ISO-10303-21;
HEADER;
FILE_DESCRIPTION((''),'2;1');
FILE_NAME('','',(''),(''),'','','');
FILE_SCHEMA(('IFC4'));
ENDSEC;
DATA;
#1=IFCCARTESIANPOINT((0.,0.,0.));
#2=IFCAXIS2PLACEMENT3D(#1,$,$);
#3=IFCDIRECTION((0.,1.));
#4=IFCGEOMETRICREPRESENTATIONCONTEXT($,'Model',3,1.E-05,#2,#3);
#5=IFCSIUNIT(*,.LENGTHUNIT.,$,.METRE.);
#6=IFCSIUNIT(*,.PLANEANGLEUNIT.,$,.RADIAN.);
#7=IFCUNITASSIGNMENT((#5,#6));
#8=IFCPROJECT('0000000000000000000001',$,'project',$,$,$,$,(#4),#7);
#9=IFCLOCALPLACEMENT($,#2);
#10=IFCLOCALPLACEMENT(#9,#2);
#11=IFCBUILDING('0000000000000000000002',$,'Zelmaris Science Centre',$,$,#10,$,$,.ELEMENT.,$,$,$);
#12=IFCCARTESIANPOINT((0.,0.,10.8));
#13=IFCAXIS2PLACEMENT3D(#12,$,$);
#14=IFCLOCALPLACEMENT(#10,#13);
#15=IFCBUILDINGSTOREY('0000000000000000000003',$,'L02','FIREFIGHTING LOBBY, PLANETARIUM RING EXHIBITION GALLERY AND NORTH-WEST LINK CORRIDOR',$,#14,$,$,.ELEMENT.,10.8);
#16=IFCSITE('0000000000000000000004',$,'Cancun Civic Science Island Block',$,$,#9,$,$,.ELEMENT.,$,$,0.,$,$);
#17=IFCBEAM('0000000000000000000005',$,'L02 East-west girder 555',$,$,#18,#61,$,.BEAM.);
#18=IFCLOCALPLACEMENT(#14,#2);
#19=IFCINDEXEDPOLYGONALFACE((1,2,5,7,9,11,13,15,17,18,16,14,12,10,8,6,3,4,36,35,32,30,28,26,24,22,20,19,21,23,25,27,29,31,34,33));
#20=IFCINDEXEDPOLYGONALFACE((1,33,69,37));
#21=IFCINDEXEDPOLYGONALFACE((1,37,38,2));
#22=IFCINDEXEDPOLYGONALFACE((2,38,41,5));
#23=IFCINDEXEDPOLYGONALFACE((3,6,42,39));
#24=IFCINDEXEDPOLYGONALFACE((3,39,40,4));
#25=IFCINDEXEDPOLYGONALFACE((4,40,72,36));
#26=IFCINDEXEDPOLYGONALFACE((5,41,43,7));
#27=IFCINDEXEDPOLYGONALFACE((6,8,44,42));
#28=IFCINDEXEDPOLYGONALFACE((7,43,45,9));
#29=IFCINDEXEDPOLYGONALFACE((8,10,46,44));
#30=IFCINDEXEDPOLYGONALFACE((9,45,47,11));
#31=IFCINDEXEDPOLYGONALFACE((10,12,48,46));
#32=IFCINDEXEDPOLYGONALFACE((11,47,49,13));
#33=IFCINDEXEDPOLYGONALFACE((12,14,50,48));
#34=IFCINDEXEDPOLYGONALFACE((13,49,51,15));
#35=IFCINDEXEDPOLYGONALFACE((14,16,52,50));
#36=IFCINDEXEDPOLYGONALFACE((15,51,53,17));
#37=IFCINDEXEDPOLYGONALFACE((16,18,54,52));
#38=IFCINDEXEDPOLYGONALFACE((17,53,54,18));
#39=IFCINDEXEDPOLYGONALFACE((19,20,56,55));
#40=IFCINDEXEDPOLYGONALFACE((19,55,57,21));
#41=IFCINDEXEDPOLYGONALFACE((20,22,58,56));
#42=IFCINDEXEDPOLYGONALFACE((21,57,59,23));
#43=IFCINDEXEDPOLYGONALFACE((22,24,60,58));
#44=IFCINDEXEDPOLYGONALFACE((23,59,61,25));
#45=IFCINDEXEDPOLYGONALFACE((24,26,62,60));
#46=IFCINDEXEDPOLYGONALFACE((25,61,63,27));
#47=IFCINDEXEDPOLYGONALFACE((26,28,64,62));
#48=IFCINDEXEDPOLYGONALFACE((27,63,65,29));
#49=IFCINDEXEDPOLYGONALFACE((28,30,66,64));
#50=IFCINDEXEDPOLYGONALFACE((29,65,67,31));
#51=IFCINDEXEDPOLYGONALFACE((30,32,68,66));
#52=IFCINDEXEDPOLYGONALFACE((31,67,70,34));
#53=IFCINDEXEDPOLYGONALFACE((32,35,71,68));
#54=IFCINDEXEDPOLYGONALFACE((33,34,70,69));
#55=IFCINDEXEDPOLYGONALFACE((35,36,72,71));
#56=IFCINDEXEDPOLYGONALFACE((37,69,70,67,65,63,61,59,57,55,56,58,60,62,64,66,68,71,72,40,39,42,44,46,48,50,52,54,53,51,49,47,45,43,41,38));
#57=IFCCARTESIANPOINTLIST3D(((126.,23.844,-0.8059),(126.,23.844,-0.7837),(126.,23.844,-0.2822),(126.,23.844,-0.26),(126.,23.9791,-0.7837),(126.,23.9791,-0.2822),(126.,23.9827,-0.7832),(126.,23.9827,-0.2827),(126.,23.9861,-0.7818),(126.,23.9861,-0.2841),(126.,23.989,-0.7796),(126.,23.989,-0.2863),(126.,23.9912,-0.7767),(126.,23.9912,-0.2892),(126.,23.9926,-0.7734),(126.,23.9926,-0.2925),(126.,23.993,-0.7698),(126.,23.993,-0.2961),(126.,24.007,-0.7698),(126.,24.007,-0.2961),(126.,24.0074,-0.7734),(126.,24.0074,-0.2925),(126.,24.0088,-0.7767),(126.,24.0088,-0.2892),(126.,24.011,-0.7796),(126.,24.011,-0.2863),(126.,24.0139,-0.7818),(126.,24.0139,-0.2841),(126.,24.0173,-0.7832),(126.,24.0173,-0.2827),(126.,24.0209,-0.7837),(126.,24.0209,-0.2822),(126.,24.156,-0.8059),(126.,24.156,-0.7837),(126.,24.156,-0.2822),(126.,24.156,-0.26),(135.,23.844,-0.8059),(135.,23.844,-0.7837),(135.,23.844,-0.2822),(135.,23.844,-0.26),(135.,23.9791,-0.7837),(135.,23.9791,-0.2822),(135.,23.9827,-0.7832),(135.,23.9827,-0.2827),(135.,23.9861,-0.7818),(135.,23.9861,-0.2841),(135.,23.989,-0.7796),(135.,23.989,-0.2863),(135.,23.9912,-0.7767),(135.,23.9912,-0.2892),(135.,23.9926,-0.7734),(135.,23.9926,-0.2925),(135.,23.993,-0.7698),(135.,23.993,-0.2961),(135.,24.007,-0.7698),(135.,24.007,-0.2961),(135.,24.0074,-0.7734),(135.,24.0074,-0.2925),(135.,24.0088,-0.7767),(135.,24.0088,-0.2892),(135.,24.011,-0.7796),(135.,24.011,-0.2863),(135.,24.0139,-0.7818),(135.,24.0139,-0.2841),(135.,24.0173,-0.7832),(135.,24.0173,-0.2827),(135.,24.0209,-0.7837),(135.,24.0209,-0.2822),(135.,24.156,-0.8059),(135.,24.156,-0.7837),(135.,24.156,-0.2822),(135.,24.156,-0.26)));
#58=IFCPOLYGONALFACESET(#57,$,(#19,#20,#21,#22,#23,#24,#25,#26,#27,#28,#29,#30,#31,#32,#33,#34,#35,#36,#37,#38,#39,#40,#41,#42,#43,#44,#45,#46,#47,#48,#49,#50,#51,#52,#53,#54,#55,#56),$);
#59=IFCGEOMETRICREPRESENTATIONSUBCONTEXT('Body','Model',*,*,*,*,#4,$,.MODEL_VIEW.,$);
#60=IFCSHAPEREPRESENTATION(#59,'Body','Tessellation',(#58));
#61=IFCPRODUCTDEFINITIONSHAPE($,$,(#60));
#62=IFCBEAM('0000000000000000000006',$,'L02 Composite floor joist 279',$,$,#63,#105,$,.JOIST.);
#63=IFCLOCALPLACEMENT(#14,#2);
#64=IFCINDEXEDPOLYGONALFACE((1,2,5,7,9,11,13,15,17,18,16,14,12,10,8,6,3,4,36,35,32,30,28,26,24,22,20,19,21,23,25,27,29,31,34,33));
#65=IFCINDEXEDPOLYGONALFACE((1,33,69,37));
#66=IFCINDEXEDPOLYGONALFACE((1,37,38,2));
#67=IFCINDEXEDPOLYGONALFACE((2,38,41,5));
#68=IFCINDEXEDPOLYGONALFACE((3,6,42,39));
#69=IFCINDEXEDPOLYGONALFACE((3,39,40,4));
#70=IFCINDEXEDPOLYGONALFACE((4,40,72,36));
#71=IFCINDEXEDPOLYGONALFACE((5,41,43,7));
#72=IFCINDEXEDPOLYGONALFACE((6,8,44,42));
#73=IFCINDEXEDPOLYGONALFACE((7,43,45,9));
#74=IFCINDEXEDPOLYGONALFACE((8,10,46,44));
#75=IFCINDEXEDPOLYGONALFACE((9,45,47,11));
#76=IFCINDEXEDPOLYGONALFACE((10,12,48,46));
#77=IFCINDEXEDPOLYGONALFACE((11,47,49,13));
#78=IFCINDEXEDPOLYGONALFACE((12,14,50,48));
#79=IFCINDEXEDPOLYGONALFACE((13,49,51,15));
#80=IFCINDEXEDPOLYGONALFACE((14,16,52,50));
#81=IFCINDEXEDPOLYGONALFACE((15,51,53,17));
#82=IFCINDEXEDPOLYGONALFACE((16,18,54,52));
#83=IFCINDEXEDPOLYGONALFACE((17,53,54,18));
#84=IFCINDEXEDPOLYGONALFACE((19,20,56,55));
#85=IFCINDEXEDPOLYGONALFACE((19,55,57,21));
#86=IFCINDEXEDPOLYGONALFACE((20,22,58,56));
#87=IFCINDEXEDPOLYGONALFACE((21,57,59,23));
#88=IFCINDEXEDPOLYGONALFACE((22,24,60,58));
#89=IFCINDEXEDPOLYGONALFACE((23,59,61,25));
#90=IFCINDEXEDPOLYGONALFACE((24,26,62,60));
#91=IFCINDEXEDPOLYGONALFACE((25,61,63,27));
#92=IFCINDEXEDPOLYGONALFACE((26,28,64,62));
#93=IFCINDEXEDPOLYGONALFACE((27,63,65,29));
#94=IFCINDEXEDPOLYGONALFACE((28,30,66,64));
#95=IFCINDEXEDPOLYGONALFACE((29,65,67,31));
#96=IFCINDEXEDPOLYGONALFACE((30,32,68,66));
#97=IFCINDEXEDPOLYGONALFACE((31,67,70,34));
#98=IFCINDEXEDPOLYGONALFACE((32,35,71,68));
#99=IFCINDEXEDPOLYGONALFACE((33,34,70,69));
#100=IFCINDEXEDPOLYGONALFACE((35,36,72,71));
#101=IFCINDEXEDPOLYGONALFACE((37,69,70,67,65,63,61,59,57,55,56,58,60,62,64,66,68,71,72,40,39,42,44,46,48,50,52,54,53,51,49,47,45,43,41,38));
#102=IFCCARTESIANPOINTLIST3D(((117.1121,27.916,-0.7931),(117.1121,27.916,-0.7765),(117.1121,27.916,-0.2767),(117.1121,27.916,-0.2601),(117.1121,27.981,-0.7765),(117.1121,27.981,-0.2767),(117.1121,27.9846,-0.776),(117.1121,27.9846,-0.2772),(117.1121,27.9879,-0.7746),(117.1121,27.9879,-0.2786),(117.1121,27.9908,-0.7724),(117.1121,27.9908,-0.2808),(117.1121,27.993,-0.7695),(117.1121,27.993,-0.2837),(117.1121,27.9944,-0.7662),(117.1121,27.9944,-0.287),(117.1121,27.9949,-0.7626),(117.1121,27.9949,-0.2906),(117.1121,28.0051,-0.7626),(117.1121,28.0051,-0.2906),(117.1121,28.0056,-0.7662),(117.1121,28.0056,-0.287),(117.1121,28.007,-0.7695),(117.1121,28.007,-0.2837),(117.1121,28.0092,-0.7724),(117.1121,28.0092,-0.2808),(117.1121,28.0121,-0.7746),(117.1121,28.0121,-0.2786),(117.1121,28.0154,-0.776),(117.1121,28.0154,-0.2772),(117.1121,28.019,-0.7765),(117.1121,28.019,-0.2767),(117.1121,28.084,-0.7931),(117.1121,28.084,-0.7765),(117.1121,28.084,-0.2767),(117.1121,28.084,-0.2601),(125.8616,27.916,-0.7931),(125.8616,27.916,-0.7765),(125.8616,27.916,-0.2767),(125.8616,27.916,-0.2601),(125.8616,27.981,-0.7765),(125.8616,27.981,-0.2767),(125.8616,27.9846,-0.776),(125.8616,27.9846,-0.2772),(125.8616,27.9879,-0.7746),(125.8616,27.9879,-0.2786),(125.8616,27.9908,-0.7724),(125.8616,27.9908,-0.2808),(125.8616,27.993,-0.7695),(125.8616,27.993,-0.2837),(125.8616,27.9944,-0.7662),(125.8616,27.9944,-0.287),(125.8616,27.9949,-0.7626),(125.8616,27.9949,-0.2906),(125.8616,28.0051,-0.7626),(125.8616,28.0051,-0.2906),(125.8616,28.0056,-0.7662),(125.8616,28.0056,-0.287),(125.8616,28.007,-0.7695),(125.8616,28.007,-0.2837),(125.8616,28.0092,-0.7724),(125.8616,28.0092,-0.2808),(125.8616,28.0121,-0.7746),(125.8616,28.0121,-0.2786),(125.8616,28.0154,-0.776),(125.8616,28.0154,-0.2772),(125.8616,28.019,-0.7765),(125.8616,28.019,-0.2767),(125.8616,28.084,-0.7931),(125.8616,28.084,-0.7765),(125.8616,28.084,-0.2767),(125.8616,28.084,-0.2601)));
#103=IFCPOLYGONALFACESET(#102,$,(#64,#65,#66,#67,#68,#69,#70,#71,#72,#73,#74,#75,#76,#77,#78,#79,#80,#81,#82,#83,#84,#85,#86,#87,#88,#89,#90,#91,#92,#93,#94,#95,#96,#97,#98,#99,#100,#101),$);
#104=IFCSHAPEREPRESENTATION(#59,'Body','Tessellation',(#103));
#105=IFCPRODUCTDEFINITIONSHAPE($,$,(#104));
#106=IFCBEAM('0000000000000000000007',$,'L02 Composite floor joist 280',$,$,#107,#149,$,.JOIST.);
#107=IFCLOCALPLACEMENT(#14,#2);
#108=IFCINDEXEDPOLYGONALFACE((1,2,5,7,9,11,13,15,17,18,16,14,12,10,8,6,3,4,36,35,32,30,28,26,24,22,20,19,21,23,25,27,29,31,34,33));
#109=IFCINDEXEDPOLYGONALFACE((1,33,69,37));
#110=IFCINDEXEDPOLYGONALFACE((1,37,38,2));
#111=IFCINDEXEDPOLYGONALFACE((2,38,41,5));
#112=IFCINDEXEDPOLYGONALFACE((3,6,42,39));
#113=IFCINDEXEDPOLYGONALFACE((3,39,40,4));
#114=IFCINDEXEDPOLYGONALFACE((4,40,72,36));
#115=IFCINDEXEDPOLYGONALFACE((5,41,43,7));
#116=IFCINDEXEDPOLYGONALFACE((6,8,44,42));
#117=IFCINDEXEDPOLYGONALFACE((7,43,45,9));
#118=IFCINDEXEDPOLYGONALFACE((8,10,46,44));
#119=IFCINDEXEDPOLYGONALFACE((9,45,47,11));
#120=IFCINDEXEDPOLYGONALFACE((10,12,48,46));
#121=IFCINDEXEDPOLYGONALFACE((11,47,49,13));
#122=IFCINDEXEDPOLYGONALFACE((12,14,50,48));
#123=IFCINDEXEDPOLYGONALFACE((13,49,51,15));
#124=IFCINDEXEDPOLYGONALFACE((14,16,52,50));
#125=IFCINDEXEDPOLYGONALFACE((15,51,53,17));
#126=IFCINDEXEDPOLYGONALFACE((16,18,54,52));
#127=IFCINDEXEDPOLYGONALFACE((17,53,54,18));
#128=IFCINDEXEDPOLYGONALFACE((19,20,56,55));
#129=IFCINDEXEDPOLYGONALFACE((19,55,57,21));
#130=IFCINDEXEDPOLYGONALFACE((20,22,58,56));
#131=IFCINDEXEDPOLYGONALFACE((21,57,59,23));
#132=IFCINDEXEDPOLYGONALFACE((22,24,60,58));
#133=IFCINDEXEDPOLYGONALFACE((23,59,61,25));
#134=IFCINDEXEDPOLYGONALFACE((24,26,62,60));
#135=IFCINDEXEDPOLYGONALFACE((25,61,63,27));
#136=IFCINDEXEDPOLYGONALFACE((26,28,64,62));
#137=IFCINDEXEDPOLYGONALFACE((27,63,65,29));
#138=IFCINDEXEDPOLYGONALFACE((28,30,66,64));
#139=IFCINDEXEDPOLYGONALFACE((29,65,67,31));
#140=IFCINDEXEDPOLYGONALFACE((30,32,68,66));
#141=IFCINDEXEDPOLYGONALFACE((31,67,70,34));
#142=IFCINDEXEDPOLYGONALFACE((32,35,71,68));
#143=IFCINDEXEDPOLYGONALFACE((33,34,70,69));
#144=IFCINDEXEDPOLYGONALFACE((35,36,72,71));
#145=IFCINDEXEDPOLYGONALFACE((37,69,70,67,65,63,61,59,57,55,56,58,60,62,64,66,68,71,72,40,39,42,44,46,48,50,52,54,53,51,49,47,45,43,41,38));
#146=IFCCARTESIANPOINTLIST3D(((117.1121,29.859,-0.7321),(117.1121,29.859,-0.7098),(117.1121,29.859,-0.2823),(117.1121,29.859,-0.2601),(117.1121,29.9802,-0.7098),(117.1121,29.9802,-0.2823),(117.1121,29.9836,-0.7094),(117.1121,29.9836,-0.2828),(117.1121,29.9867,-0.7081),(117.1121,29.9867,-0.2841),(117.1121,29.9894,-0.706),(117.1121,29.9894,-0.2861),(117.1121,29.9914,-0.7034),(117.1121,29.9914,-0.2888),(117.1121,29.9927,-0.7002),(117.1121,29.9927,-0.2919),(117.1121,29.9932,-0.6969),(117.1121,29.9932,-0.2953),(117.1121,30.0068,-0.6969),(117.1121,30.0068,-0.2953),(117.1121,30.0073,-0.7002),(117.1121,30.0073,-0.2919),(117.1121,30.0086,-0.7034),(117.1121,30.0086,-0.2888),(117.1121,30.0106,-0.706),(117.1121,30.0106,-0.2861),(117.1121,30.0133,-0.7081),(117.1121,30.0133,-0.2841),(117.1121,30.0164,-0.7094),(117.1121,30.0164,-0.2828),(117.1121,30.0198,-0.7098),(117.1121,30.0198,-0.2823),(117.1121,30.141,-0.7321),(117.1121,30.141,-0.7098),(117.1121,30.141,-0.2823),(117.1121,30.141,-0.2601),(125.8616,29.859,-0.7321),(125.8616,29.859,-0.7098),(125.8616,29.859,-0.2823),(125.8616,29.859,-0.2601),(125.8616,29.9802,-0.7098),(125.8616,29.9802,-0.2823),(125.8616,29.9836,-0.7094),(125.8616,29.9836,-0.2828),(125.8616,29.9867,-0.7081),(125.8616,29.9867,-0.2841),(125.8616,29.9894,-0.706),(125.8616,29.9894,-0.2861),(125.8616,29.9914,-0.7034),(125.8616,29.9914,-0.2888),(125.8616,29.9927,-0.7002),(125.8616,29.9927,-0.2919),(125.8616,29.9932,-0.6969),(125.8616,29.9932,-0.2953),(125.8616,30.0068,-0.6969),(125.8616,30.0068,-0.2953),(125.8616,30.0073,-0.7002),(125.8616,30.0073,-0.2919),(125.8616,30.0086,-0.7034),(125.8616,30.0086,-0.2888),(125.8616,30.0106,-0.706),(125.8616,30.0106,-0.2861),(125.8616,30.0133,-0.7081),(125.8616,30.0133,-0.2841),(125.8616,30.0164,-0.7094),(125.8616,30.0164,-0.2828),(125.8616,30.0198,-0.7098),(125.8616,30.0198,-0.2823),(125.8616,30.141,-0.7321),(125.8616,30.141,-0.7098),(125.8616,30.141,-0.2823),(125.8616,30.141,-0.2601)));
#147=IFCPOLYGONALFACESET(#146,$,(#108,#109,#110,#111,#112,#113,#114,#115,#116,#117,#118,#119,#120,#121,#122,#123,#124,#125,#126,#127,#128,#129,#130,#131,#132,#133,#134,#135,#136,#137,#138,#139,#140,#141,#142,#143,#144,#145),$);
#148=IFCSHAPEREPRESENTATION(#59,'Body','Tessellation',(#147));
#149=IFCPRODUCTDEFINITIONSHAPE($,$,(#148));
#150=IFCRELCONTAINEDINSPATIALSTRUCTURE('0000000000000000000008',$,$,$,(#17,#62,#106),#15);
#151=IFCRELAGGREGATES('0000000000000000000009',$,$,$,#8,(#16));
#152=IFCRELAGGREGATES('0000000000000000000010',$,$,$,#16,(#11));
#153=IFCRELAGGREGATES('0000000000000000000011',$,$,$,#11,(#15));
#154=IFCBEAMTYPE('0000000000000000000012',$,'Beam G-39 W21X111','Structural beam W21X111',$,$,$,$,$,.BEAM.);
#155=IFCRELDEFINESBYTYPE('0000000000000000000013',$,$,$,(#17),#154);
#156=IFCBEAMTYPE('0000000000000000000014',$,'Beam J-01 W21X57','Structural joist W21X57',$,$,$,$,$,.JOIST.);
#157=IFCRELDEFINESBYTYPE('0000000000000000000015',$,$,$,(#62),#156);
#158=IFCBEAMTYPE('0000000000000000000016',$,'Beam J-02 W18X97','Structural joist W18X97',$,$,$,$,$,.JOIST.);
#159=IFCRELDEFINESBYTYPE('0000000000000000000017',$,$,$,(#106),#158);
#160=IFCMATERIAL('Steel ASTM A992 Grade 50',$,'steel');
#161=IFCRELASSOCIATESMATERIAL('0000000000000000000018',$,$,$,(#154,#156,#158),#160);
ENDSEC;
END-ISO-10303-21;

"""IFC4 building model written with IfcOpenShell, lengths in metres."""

from ifc_helpers import new_model, si_unit, direction, frame, origin, origin_2d, place, context, subcontext, project, spatial, i_section, extrude, material, material_profile, profile_set, type_object, element, save


model = new_model("IFC4")

# Units and contexts
model_context = context("Model", 3, precision=1e-05, world=origin(), true_north=direction((0.0, 1.0)))
body_context = subcontext(model_context, "Body", "Model", "MODEL_VIEW")
ifc_project = project(units=[si_unit("LENGTHUNIT", "METRE"), si_unit("PLANEANGLEUNIT", "RADIAN")], contexts=[model_context])

# Site, building, storey
site_placement = place(None, origin())
site = spatial("IfcSite", under=ifc_project, at=site_placement, Name="Cancun Civic Science Island Block", CompositionType="ELEMENT", RefElevation=0.0)
building_placement = place(site_placement, origin())
building = spatial("IfcBuilding", under=site, at=building_placement, Name="Zelmaris Science Centre", CompositionType="ELEMENT")
storey_placement = place(building_placement, frame((0.0, 0.0, 10.8)))
storey = spatial("IfcBuildingStorey", under=building, at=storey_placement, Name="L02", Description="FIREFIGHTING LOBBY, PLANETARIUM RING EXHIBITION GALLERY AND NORTH-WEST LINK CORRIDOR", CompositionType="ELEMENT", Elevation=10.8)

# Shared definitions
ifc_material_1 = material(Name="Steel ASTM A992 Grade 50", Category="steel")

# Beams
ifc_material_profile_1 = material_profile(ifc_material_1, i_section(OverallWidth=0.312, OverallDepth=0.5459, WebThickness=0.0139, FlangeThickness=0.0222, FilletRadius=0.0139, at=origin_2d()), Name="W21X111")
ifc_profile_set_1 = profile_set([ifc_material_profile_1], Name="Steel ASTM A992 Grade 50")
beam_type_1 = type_object("IfcBeamType", Name="Beam G-39 W21X111", Description="Structural beam W21X111", PredefinedType="BEAM", material=ifc_profile_set_1)
beam_1_placement = place(storey_placement, frame((126.0, 24.0, -0.533), z_axis=(1.0, 0.0, 0.0), x_axis=(0.0, 1.0, 0.0)))
element("IfcBeam", 1, at=beam_1_placement, inside=storey, type_object=beam_type_1, Name="L02 East-west girder 555", PredefinedType="BEAM", context=body_context, shape_type="SweptSolid", body=[
    extrude(i_section(OverallWidth=0.312, OverallDepth=0.5459, WebThickness=0.0139, FlangeThickness=0.0222, FilletRadius=0.0139, at=origin_2d()), origin(), (0.0, 0.0, 1.0), 9.0),
])
ifc_material_profile_2 = material_profile(ifc_material_1, i_section(OverallWidth=0.168, OverallDepth=0.533, WebThickness=0.0103, FlangeThickness=0.0166, FilletRadius=0.0139, at=origin_2d()), Name="W21X57")
ifc_profile_set_2 = profile_set([ifc_material_profile_2], Name="Steel ASTM A992 Grade 50")
beam_type_2 = type_object("IfcBeamType", Name="Beam J-01 W21X57", Description="Structural joist W21X57", PredefinedType="JOIST", material=ifc_profile_set_2)
beam_2_placement = place(storey_placement, frame((117.1121, 28.0, -0.5266), z_axis=(1.0, 0.0, 0.0), x_axis=(0.0, 1.0, 0.0)))
element("IfcBeam", 2, at=beam_2_placement, inside=storey, type_object=beam_type_2, Name="L02 Composite floor joist 279", PredefinedType="JOIST", context=body_context, shape_type="SweptSolid", body=[
    extrude(i_section(OverallWidth=0.168, OverallDepth=0.533, WebThickness=0.0103, FlangeThickness=0.0166, FilletRadius=0.0139, at=origin_2d()), origin(), (0.0, 0.0, 1.0), 8.7495),
])
ifc_material_profile_3 = material_profile(ifc_material_1, i_section(OverallWidth=0.282, OverallDepth=0.4719, WebThickness=0.0137, FlangeThickness=0.0222, FilletRadius=0.0129, at=origin_2d()), Name="W18X97")
ifc_profile_set_3 = profile_set([ifc_material_profile_3], Name="Steel ASTM A992 Grade 50")
beam_type_3 = type_object("IfcBeamType", Name="Beam J-02 W18X97", Description="Structural joist W18X97", PredefinedType="JOIST", material=ifc_profile_set_3)
beam_3_placement = place(storey_placement, frame((117.1121, 30.0, -0.4961), z_axis=(1.0, 0.0, 0.0), x_axis=(0.0, 1.0, 0.0)))
element("IfcBeam", 3, at=beam_3_placement, inside=storey, type_object=beam_type_3, Name="L02 Composite floor joist 280", PredefinedType="JOIST", context=body_context, shape_type="SweptSolid", body=[
    extrude(i_section(OverallWidth=0.282, OverallDepth=0.4719, WebThickness=0.0137, FlangeThickness=0.0222, FilletRadius=0.0129, at=origin_2d()), origin(), (0.0, 0.0, 1.0), 8.7495),
])

save(model, "model.ifc")
